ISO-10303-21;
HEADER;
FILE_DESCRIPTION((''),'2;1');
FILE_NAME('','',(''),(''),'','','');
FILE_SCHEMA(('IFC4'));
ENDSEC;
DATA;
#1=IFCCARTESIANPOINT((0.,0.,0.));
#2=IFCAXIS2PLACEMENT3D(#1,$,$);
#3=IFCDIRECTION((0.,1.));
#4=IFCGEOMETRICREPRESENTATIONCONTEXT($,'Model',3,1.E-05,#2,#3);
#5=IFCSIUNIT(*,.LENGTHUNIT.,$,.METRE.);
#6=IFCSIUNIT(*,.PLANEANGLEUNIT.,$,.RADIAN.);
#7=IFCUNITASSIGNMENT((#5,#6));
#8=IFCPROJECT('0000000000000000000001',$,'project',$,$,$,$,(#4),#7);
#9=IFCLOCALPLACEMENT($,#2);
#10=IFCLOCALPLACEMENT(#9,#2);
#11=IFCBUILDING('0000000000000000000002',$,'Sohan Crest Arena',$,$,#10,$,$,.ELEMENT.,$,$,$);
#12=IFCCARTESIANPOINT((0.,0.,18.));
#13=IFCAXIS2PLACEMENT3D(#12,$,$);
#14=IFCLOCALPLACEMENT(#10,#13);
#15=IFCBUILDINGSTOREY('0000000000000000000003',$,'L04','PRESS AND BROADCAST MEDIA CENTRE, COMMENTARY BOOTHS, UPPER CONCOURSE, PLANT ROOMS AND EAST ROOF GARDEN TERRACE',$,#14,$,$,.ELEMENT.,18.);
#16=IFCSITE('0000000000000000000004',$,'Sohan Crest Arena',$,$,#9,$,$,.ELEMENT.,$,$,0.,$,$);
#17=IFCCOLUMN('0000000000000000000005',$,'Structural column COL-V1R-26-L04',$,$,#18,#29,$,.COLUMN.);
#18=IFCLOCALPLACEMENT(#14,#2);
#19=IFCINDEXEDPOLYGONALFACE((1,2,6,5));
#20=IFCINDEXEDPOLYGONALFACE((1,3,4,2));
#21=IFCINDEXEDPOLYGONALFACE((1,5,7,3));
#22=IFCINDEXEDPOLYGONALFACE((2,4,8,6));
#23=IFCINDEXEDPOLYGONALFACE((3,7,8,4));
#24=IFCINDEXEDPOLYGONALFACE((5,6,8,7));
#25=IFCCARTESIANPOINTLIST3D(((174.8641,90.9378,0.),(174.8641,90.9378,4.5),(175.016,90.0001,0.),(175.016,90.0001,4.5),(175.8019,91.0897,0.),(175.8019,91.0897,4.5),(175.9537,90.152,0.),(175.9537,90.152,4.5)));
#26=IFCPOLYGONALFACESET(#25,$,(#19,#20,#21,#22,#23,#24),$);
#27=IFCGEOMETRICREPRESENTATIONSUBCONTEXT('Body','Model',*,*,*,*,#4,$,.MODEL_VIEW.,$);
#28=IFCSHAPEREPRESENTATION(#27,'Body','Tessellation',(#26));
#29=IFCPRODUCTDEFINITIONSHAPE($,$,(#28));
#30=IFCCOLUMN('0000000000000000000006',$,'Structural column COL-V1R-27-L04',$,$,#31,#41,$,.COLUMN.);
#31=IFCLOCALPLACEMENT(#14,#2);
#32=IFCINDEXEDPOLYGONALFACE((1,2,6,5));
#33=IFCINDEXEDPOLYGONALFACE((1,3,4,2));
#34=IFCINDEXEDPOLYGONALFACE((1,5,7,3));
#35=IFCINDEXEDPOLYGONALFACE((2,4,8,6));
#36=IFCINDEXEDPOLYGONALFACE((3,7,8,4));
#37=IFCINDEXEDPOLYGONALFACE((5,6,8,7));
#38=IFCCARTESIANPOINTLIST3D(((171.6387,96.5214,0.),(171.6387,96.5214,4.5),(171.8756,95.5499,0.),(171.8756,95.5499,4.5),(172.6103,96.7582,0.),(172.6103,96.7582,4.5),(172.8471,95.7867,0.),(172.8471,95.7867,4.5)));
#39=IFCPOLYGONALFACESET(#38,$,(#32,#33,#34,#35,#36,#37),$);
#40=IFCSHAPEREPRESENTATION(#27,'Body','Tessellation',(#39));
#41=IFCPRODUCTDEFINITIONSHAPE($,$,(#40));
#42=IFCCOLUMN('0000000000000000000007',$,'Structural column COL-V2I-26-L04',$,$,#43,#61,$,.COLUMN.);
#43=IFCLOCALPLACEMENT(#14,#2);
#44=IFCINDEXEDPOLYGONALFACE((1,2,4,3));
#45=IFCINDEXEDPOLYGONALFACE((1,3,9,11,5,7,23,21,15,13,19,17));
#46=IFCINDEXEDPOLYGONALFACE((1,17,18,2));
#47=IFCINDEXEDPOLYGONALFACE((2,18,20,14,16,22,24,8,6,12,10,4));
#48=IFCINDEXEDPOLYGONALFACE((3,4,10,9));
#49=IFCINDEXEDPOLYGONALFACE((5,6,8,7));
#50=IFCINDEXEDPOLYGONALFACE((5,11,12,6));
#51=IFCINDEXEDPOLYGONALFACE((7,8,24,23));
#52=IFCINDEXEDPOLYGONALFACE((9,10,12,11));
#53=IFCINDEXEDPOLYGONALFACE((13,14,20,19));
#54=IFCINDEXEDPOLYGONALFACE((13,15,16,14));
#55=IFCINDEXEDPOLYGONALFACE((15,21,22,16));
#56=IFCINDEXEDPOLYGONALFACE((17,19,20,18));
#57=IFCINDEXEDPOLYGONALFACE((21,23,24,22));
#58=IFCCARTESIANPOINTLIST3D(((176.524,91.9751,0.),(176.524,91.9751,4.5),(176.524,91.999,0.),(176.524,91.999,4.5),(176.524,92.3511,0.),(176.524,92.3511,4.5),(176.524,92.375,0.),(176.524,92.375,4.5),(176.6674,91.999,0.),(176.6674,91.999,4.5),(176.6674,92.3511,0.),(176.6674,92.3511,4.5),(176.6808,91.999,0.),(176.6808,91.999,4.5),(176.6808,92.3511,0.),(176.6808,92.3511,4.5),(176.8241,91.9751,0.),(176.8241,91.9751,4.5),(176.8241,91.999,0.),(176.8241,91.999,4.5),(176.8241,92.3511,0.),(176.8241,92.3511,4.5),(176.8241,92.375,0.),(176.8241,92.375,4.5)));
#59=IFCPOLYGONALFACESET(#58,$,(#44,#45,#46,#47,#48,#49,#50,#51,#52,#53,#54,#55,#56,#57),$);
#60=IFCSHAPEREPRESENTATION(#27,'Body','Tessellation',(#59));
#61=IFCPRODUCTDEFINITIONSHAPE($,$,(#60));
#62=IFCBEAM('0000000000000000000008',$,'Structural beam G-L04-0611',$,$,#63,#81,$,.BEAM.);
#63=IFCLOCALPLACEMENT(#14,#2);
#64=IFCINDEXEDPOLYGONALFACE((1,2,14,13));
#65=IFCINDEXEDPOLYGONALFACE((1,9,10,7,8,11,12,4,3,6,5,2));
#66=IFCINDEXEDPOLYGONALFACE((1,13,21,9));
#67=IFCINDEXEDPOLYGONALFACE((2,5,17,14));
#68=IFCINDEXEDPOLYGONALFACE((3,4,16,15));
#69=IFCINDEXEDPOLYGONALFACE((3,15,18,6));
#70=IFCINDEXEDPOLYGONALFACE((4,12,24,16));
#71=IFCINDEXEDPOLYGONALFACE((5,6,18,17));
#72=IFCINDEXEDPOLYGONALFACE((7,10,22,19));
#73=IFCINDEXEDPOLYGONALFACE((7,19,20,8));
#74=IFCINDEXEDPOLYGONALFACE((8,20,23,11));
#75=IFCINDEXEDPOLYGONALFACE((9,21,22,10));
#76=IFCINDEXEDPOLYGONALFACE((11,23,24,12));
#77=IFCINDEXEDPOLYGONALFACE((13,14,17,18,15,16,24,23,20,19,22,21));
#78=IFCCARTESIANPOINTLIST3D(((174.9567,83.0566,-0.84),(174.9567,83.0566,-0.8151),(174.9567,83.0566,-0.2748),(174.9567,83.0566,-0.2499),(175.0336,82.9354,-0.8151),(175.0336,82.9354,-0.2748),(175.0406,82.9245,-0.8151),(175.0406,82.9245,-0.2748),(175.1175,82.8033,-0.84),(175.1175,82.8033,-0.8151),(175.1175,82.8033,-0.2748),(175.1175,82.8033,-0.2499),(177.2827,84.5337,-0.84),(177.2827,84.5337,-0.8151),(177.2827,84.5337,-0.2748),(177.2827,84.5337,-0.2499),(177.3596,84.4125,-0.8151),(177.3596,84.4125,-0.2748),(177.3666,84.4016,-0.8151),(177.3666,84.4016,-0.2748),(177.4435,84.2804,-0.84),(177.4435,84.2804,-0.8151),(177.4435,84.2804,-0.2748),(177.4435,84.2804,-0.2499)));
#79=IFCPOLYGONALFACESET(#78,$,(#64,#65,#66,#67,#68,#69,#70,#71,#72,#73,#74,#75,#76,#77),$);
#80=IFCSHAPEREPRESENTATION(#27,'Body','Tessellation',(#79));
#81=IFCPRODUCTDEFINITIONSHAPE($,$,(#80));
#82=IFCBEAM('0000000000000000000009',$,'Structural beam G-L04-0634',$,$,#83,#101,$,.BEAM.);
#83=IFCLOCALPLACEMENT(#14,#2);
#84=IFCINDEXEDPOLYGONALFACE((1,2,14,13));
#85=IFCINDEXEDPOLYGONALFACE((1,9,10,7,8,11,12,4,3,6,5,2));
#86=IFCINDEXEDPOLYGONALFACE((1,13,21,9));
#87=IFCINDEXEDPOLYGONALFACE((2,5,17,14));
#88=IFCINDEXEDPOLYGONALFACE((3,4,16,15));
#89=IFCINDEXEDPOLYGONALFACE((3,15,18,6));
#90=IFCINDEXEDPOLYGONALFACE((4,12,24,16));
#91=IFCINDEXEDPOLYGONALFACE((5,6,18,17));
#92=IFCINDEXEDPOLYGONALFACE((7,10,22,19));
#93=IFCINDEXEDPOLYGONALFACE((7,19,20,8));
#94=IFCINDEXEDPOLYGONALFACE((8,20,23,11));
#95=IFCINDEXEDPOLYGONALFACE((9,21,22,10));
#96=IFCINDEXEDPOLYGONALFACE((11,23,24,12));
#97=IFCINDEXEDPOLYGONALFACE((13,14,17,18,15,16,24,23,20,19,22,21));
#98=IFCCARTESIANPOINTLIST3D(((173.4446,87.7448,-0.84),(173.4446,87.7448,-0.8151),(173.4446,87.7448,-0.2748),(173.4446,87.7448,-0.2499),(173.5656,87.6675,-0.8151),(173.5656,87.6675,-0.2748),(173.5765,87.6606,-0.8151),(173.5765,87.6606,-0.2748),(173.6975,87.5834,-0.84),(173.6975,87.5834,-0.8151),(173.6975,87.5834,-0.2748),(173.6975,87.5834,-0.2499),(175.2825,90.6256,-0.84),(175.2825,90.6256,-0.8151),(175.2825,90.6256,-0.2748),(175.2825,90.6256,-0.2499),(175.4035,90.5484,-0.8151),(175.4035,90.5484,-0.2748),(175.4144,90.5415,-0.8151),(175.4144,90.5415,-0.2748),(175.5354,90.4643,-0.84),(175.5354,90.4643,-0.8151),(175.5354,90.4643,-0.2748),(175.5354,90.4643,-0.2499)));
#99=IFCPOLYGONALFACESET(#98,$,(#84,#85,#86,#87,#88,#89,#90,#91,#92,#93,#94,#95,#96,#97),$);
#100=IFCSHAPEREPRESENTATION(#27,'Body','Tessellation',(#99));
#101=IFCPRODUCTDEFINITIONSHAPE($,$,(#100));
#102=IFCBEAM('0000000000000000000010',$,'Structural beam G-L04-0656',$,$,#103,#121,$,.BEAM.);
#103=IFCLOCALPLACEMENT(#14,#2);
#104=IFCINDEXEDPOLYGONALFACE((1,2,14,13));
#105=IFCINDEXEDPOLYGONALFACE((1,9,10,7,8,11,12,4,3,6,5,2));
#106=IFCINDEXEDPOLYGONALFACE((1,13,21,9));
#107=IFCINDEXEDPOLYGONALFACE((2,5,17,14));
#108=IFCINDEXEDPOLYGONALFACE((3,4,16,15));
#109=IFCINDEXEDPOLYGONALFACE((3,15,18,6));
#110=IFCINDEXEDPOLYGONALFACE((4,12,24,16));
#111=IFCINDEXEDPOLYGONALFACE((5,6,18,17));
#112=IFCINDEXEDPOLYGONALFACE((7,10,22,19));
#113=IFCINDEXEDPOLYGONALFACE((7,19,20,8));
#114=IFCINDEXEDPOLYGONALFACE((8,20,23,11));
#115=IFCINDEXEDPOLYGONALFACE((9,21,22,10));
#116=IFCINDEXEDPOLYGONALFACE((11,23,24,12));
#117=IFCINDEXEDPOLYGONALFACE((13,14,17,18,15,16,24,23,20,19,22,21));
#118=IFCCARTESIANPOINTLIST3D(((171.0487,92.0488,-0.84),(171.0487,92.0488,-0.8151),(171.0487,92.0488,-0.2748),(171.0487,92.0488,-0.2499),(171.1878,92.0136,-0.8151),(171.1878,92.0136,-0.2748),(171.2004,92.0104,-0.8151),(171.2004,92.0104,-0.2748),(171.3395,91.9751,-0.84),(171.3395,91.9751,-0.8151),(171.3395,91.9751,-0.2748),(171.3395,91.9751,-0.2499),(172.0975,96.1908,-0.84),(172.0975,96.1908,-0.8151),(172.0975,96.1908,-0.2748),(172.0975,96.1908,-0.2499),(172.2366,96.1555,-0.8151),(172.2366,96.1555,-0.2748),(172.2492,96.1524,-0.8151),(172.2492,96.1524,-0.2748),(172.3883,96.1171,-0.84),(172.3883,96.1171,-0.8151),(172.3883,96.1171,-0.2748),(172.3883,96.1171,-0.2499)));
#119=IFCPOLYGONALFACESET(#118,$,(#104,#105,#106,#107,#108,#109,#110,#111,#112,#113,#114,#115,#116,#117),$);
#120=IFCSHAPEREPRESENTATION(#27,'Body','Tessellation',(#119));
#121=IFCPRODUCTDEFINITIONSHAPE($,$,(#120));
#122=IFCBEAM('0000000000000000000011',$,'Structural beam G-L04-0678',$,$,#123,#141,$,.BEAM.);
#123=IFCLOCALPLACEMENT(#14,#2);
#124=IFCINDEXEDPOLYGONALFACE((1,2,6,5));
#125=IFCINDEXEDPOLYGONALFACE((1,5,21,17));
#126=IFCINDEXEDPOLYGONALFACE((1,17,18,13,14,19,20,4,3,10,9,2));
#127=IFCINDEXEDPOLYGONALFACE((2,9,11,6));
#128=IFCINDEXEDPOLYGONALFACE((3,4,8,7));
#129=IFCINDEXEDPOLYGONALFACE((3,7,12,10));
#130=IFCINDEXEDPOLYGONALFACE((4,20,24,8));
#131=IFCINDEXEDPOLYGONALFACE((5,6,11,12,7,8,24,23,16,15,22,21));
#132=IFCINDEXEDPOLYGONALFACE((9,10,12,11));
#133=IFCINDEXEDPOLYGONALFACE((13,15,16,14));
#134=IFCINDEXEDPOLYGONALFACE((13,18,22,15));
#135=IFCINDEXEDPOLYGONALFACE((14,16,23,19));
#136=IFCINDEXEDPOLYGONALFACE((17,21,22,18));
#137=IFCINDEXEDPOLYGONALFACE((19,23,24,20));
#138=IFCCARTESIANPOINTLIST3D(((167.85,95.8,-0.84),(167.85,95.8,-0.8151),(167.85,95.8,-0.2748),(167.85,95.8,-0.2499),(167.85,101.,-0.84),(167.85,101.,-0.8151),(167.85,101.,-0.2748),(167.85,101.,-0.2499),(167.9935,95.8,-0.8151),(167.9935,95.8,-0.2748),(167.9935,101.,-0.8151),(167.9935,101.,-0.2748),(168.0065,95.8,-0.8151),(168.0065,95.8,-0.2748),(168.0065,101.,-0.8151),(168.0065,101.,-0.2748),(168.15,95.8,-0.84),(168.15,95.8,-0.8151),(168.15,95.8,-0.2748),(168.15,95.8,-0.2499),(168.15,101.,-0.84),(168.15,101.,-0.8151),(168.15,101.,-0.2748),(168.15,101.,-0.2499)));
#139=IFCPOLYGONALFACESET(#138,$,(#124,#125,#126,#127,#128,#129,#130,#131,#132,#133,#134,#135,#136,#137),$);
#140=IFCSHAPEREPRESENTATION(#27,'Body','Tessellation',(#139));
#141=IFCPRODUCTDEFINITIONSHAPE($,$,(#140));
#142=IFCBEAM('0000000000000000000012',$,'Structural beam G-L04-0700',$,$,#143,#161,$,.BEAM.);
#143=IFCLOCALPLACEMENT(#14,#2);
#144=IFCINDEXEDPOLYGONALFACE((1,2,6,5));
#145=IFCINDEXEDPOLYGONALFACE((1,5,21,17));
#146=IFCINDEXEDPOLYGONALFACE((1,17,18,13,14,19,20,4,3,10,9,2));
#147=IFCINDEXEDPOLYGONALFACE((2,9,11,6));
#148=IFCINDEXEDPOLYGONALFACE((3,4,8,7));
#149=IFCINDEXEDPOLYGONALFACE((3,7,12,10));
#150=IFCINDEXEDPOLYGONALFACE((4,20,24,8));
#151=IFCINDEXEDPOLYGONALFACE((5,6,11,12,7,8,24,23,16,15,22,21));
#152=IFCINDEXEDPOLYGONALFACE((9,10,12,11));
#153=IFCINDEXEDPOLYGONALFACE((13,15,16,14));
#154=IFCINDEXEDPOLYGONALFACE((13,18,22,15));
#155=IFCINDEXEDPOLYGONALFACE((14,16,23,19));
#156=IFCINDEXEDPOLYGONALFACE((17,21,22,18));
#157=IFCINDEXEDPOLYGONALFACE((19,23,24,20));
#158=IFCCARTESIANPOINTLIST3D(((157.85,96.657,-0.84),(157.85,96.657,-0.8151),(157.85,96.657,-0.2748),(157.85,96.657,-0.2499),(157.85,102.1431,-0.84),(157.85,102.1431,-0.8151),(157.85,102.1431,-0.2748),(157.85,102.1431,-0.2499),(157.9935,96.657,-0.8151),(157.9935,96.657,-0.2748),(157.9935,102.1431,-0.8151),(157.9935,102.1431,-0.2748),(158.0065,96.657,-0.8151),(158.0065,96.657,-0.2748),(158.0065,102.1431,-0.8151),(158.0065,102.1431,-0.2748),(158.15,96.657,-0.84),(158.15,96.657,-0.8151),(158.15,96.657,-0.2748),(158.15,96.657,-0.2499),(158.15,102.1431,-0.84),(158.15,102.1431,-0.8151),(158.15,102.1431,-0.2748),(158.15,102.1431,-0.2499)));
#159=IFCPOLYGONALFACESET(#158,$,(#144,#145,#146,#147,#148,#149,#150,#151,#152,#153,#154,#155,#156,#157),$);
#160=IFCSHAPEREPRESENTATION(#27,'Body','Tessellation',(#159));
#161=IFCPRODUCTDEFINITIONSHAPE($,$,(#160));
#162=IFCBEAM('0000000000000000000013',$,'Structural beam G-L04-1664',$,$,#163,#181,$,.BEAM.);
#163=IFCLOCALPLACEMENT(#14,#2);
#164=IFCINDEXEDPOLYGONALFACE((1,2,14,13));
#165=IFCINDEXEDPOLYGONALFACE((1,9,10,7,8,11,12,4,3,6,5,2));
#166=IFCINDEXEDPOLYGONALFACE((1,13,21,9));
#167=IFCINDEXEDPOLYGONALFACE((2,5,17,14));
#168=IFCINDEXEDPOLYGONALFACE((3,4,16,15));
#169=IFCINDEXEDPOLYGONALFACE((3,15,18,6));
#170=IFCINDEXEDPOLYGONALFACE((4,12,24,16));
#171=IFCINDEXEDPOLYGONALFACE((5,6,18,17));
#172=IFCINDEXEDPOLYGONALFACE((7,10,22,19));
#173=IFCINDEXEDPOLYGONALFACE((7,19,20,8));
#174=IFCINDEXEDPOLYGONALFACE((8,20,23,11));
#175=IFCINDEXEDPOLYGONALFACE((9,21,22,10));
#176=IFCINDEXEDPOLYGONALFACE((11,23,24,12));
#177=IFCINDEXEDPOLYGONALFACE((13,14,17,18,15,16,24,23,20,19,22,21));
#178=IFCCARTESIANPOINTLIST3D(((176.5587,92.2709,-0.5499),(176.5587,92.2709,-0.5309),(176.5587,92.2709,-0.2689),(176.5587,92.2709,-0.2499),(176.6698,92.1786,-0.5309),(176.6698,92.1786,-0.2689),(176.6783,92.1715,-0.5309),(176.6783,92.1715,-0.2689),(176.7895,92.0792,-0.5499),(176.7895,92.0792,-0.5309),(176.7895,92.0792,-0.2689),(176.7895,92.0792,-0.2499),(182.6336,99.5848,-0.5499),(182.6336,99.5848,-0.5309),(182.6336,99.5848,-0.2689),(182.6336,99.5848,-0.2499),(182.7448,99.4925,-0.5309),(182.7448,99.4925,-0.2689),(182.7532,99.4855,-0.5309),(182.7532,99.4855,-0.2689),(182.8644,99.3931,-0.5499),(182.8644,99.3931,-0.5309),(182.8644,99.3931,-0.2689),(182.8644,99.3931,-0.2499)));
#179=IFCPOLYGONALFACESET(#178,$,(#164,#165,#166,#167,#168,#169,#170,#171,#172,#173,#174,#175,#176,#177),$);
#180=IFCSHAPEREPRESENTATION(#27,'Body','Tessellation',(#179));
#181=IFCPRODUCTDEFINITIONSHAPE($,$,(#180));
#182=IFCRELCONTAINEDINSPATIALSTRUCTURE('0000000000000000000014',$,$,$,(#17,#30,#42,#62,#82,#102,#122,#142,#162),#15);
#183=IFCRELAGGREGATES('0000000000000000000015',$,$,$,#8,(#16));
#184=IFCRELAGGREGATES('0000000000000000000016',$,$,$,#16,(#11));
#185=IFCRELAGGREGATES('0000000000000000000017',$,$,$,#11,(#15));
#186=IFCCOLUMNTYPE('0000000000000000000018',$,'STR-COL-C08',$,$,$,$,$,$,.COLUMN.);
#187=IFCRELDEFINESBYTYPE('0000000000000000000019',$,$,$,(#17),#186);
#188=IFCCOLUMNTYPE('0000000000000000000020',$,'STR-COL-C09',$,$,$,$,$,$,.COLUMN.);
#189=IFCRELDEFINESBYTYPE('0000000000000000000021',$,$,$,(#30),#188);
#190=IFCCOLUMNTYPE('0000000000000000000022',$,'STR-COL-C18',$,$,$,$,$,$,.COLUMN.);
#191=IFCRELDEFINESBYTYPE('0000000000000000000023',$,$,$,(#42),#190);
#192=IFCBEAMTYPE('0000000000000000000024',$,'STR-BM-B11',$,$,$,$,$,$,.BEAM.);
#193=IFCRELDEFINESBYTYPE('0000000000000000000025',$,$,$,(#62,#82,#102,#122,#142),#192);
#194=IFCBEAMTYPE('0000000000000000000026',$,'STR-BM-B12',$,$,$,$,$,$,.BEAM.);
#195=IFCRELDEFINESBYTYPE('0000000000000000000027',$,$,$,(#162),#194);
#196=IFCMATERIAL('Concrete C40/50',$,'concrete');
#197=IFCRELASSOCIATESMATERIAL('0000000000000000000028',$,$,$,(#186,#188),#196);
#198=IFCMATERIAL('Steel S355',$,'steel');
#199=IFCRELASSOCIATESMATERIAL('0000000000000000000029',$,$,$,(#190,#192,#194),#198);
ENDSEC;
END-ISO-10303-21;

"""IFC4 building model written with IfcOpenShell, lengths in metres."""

from ifc_helpers import new_model, si_unit, direction, frame, origin, origin_2d, place, context, subcontext, project, spatial, rectangle, i_section, extrude, material, material_profile, profile_set, type_object, element, save


model = new_model("IFC4")

# Units and contexts
model_context = context("Model", 3, precision=1e-05, world=origin(), true_north=direction((0.0, 1.0)))
body_context = subcontext(model_context, "Body", "Model", "MODEL_VIEW")
ifc_project = project(units=[si_unit("LENGTHUNIT", "METRE"), si_unit("PLANEANGLEUNIT", "RADIAN")], contexts=[model_context])

# Site, building, storey
site_placement = place(None, origin())
site = spatial("IfcSite", under=ifc_project, at=site_placement, Name="Sohan Crest Arena", CompositionType="ELEMENT", RefElevation=0.0)
building_placement = place(site_placement, origin())
building = spatial("IfcBuilding", under=site, at=building_placement, Name="Sohan Crest Arena", CompositionType="ELEMENT")
storey_placement = place(building_placement, frame((0.0, 0.0, 18.0)))
storey = spatial("IfcBuildingStorey", under=building, at=storey_placement, Name="L04", Description="PRESS AND BROADCAST MEDIA CENTRE, COMMENTARY BOOTHS, UPPER CONCOURSE, PLANT ROOMS AND EAST ROOF GARDEN TERRACE", CompositionType="ELEMENT", Elevation=18.0)

# Columns
ifc_material_1 = material(Name="Concrete C40/50", Category="concrete")
ifc_material_profile_1 = material_profile(ifc_material_1, rectangle(XDim=0.95, YDim=0.95, at=origin_2d()), Name="RC 950x950")
ifc_profile_set_1 = profile_set([ifc_material_profile_1], Name="Concrete C40/50")
column_type_1 = type_object("IfcColumnType", Name="STR-COL-C08", PredefinedType="COLUMN", material=ifc_profile_set_1)
column_1_placement = place(storey_placement, frame((175.4089, 90.5449, 0.0), z_axis=(0.0, 0.0, 1.0), x_axis=(0.987136, 0.159881, 0.0)))
element("IfcColumn", 1, at=column_1_placement, inside=storey, type_object=column_type_1, Name="Structural column COL-V1R-26-L04", PredefinedType="COLUMN", context=body_context, shape_type="SweptSolid", body=[
    extrude(rectangle(XDim=0.95, YDim=0.95, at=origin_2d()), origin(), (0.0, 0.0, 1.0), 4.5),
])
ifc_material_profile_2 = material_profile(ifc_material_1, rectangle(XDim=1.0, YDim=1.0, at=origin_2d()), Name="RC 1000x1000")
ifc_profile_set_2 = profile_set([ifc_material_profile_2], Name="Concrete C40/50")
column_type_2 = type_object("IfcColumnType", Name="STR-COL-C09", PredefinedType="COLUMN", material=ifc_profile_set_2)
column_2_placement = place(storey_placement, frame((172.2429, 96.1541, 0.0), z_axis=(0.0, 0.0, 1.0), x_axis=(0.971549, 0.236838, 0.0)))
element("IfcColumn", 2, at=column_2_placement, inside=storey, type_object=column_type_2, Name="Structural column COL-V1R-27-L04", PredefinedType="COLUMN", context=body_context, shape_type="SweptSolid", body=[
    extrude(rectangle(XDim=1.0, YDim=1.0, at=origin_2d()), origin(), (0.0, 0.0, 1.0), 4.5),
])
ifc_material_2 = material(Name="Steel S355", Category="steel")
ifc_material_profile_3 = material_profile(ifc_material_2, i_section(OverallWidth=0.3, OverallDepth=0.3999, WebThickness=0.0134, FlangeThickness=0.0239, at=origin_2d()), Name="HEB 400")
ifc_profile_set_3 = profile_set([ifc_material_profile_3], Name="Steel S355")
column_type_3 = type_object("IfcColumnType", Name="STR-COL-C18", PredefinedType="COLUMN", material=ifc_profile_set_3)
column_3_placement = place(storey_placement, frame((176.6741, 92.175, 0.0), z_axis=(0.0, 0.0, 1.0), x_axis=(1.0, 0.0, 0.0)))
element("IfcColumn", 3, at=column_3_placement, inside=storey, type_object=column_type_3, Name="Structural column COL-V2I-26-L04", PredefinedType="COLUMN", context=body_context, shape_type="SweptSolid", body=[
    extrude(i_section(OverallWidth=0.3, OverallDepth=0.3999, WebThickness=0.0134, FlangeThickness=0.0239, at=origin_2d()), origin(), (0.0, 0.0, 1.0), 4.5),
])

# Beams
ifc_material_profile_4 = material_profile(ifc_material_2, i_section(OverallWidth=0.3, OverallDepth=0.5901, WebThickness=0.0129, FlangeThickness=0.0249, at=origin_2d()), Name="HEA 600")
ifc_profile_set_4 = profile_set([ifc_material_profile_4], Name="Steel S355")
beam_type_1 = type_object("IfcBeamType", Name="STR-BM-B11", PredefinedType="BEAM", material=ifc_profile_set_4)
beam_1_placement = place(storey_placement, frame((175.0371, 82.9299, -0.5449), z_axis=(0.844168, 0.536078, 0.0), x_axis=(-0.536078, 0.844168, 0.0)))
element("IfcBeam", 4, at=beam_1_placement, inside=storey, type_object=beam_type_1, Name="Structural beam G-L04-0611", PredefinedType="BEAM", context=body_context, shape_type="SweptSolid", body=[
    extrude(i_section(OverallWidth=0.3, OverallDepth=0.5901, WebThickness=0.0129, FlangeThickness=0.0249, at=origin_2d()), origin(), (0.0, 0.0, 1.0), 2.7554),
])
beam_2_placement = place(storey_placement, frame((173.571, 87.6641, -0.5449), z_axis=(0.537837, 0.843049, 0.0), x_axis=(-0.843049, 0.537837, 0.0)))
element("IfcBeam", 5, at=beam_2_placement, inside=storey, type_object=beam_type_1, Name="Structural beam G-L04-0634", PredefinedType="BEAM", context=body_context, shape_type="SweptSolid", body=[
    extrude(i_section(OverallWidth=0.3, OverallDepth=0.5901, WebThickness=0.0129, FlangeThickness=0.0249, at=origin_2d()), origin(), (0.0, 0.0, 1.0), 3.4172),
])
beam_3_placement = place(storey_placement, frame((171.1941, 92.012, -0.5449), z_axis=(0.245465, 0.969405, 0.0), x_axis=(-0.969405, 0.245465, 0.0)))
element("IfcBeam", 6, at=beam_3_placement, inside=storey, type_object=beam_type_1, Name="Structural beam G-L04-0656", PredefinedType="BEAM", context=body_context, shape_type="SweptSolid", body=[
    extrude(i_section(OverallWidth=0.3, OverallDepth=0.5901, WebThickness=0.0129, FlangeThickness=0.0249, at=origin_2d()), origin(), (0.0, 0.0, 1.0), 4.2727),
])
beam_4_placement = place(storey_placement, frame((168.0, 95.8, -0.5449), z_axis=(0.0, 1.0, 0.0), x_axis=(-1.0, 0.0, 0.0)))
element("IfcBeam", 7, at=beam_4_placement, inside=storey, type_object=beam_type_1, Name="Structural beam G-L04-0678", PredefinedType="BEAM", context=body_context, shape_type="SweptSolid", body=[
    extrude(i_section(OverallWidth=0.3, OverallDepth=0.5901, WebThickness=0.0129, FlangeThickness=0.0249, at=origin_2d()), origin(), (0.0, 0.0, 1.0), 5.2),
])
beam_5_placement = place(storey_placement, frame((158.0, 96.657, -0.5449), z_axis=(0.0, 1.0, 0.0), x_axis=(-1.0, 0.0, 0.0)))
element("IfcBeam", 8, at=beam_5_placement, inside=storey, type_object=beam_type_1, Name="Structural beam G-L04-0700", PredefinedType="BEAM", context=body_context, shape_type="SweptSolid", body=[
    extrude(i_section(OverallWidth=0.3, OverallDepth=0.5901, WebThickness=0.0129, FlangeThickness=0.0249, at=origin_2d()), origin(), (0.0, 0.0, 1.0), 5.4861),
])
ifc_material_profile_5 = material_profile(ifc_material_2, i_section(OverallWidth=0.3, OverallDepth=0.3, WebThickness=0.011, FlangeThickness=0.019, at=origin_2d()), Name="HEB 300")
ifc_profile_set_5 = profile_set([ifc_material_profile_5], Name="Steel S355")
beam_type_2 = type_object("IfcBeamType", Name="STR-BM-B12", PredefinedType="BEAM", material=ifc_profile_set_5)
beam_6_placement = place(storey_placement, frame((176.6741, 92.175, -0.3999), z_axis=(0.638941, 0.769256, 0.0), x_axis=(-0.769256, 0.638941, 0.0)))
element("IfcBeam", 9, at=beam_6_placement, inside=storey, type_object=beam_type_2, Name="Structural beam G-L04-1664", PredefinedType="BEAM", context=body_context, shape_type="SweptSolid", body=[
    extrude(i_section(OverallWidth=0.3, OverallDepth=0.3, WebThickness=0.011, FlangeThickness=0.019, at=origin_2d()), origin(), (0.0, 0.0, 1.0), 9.5078),
])

save(model, "model.ifc")
